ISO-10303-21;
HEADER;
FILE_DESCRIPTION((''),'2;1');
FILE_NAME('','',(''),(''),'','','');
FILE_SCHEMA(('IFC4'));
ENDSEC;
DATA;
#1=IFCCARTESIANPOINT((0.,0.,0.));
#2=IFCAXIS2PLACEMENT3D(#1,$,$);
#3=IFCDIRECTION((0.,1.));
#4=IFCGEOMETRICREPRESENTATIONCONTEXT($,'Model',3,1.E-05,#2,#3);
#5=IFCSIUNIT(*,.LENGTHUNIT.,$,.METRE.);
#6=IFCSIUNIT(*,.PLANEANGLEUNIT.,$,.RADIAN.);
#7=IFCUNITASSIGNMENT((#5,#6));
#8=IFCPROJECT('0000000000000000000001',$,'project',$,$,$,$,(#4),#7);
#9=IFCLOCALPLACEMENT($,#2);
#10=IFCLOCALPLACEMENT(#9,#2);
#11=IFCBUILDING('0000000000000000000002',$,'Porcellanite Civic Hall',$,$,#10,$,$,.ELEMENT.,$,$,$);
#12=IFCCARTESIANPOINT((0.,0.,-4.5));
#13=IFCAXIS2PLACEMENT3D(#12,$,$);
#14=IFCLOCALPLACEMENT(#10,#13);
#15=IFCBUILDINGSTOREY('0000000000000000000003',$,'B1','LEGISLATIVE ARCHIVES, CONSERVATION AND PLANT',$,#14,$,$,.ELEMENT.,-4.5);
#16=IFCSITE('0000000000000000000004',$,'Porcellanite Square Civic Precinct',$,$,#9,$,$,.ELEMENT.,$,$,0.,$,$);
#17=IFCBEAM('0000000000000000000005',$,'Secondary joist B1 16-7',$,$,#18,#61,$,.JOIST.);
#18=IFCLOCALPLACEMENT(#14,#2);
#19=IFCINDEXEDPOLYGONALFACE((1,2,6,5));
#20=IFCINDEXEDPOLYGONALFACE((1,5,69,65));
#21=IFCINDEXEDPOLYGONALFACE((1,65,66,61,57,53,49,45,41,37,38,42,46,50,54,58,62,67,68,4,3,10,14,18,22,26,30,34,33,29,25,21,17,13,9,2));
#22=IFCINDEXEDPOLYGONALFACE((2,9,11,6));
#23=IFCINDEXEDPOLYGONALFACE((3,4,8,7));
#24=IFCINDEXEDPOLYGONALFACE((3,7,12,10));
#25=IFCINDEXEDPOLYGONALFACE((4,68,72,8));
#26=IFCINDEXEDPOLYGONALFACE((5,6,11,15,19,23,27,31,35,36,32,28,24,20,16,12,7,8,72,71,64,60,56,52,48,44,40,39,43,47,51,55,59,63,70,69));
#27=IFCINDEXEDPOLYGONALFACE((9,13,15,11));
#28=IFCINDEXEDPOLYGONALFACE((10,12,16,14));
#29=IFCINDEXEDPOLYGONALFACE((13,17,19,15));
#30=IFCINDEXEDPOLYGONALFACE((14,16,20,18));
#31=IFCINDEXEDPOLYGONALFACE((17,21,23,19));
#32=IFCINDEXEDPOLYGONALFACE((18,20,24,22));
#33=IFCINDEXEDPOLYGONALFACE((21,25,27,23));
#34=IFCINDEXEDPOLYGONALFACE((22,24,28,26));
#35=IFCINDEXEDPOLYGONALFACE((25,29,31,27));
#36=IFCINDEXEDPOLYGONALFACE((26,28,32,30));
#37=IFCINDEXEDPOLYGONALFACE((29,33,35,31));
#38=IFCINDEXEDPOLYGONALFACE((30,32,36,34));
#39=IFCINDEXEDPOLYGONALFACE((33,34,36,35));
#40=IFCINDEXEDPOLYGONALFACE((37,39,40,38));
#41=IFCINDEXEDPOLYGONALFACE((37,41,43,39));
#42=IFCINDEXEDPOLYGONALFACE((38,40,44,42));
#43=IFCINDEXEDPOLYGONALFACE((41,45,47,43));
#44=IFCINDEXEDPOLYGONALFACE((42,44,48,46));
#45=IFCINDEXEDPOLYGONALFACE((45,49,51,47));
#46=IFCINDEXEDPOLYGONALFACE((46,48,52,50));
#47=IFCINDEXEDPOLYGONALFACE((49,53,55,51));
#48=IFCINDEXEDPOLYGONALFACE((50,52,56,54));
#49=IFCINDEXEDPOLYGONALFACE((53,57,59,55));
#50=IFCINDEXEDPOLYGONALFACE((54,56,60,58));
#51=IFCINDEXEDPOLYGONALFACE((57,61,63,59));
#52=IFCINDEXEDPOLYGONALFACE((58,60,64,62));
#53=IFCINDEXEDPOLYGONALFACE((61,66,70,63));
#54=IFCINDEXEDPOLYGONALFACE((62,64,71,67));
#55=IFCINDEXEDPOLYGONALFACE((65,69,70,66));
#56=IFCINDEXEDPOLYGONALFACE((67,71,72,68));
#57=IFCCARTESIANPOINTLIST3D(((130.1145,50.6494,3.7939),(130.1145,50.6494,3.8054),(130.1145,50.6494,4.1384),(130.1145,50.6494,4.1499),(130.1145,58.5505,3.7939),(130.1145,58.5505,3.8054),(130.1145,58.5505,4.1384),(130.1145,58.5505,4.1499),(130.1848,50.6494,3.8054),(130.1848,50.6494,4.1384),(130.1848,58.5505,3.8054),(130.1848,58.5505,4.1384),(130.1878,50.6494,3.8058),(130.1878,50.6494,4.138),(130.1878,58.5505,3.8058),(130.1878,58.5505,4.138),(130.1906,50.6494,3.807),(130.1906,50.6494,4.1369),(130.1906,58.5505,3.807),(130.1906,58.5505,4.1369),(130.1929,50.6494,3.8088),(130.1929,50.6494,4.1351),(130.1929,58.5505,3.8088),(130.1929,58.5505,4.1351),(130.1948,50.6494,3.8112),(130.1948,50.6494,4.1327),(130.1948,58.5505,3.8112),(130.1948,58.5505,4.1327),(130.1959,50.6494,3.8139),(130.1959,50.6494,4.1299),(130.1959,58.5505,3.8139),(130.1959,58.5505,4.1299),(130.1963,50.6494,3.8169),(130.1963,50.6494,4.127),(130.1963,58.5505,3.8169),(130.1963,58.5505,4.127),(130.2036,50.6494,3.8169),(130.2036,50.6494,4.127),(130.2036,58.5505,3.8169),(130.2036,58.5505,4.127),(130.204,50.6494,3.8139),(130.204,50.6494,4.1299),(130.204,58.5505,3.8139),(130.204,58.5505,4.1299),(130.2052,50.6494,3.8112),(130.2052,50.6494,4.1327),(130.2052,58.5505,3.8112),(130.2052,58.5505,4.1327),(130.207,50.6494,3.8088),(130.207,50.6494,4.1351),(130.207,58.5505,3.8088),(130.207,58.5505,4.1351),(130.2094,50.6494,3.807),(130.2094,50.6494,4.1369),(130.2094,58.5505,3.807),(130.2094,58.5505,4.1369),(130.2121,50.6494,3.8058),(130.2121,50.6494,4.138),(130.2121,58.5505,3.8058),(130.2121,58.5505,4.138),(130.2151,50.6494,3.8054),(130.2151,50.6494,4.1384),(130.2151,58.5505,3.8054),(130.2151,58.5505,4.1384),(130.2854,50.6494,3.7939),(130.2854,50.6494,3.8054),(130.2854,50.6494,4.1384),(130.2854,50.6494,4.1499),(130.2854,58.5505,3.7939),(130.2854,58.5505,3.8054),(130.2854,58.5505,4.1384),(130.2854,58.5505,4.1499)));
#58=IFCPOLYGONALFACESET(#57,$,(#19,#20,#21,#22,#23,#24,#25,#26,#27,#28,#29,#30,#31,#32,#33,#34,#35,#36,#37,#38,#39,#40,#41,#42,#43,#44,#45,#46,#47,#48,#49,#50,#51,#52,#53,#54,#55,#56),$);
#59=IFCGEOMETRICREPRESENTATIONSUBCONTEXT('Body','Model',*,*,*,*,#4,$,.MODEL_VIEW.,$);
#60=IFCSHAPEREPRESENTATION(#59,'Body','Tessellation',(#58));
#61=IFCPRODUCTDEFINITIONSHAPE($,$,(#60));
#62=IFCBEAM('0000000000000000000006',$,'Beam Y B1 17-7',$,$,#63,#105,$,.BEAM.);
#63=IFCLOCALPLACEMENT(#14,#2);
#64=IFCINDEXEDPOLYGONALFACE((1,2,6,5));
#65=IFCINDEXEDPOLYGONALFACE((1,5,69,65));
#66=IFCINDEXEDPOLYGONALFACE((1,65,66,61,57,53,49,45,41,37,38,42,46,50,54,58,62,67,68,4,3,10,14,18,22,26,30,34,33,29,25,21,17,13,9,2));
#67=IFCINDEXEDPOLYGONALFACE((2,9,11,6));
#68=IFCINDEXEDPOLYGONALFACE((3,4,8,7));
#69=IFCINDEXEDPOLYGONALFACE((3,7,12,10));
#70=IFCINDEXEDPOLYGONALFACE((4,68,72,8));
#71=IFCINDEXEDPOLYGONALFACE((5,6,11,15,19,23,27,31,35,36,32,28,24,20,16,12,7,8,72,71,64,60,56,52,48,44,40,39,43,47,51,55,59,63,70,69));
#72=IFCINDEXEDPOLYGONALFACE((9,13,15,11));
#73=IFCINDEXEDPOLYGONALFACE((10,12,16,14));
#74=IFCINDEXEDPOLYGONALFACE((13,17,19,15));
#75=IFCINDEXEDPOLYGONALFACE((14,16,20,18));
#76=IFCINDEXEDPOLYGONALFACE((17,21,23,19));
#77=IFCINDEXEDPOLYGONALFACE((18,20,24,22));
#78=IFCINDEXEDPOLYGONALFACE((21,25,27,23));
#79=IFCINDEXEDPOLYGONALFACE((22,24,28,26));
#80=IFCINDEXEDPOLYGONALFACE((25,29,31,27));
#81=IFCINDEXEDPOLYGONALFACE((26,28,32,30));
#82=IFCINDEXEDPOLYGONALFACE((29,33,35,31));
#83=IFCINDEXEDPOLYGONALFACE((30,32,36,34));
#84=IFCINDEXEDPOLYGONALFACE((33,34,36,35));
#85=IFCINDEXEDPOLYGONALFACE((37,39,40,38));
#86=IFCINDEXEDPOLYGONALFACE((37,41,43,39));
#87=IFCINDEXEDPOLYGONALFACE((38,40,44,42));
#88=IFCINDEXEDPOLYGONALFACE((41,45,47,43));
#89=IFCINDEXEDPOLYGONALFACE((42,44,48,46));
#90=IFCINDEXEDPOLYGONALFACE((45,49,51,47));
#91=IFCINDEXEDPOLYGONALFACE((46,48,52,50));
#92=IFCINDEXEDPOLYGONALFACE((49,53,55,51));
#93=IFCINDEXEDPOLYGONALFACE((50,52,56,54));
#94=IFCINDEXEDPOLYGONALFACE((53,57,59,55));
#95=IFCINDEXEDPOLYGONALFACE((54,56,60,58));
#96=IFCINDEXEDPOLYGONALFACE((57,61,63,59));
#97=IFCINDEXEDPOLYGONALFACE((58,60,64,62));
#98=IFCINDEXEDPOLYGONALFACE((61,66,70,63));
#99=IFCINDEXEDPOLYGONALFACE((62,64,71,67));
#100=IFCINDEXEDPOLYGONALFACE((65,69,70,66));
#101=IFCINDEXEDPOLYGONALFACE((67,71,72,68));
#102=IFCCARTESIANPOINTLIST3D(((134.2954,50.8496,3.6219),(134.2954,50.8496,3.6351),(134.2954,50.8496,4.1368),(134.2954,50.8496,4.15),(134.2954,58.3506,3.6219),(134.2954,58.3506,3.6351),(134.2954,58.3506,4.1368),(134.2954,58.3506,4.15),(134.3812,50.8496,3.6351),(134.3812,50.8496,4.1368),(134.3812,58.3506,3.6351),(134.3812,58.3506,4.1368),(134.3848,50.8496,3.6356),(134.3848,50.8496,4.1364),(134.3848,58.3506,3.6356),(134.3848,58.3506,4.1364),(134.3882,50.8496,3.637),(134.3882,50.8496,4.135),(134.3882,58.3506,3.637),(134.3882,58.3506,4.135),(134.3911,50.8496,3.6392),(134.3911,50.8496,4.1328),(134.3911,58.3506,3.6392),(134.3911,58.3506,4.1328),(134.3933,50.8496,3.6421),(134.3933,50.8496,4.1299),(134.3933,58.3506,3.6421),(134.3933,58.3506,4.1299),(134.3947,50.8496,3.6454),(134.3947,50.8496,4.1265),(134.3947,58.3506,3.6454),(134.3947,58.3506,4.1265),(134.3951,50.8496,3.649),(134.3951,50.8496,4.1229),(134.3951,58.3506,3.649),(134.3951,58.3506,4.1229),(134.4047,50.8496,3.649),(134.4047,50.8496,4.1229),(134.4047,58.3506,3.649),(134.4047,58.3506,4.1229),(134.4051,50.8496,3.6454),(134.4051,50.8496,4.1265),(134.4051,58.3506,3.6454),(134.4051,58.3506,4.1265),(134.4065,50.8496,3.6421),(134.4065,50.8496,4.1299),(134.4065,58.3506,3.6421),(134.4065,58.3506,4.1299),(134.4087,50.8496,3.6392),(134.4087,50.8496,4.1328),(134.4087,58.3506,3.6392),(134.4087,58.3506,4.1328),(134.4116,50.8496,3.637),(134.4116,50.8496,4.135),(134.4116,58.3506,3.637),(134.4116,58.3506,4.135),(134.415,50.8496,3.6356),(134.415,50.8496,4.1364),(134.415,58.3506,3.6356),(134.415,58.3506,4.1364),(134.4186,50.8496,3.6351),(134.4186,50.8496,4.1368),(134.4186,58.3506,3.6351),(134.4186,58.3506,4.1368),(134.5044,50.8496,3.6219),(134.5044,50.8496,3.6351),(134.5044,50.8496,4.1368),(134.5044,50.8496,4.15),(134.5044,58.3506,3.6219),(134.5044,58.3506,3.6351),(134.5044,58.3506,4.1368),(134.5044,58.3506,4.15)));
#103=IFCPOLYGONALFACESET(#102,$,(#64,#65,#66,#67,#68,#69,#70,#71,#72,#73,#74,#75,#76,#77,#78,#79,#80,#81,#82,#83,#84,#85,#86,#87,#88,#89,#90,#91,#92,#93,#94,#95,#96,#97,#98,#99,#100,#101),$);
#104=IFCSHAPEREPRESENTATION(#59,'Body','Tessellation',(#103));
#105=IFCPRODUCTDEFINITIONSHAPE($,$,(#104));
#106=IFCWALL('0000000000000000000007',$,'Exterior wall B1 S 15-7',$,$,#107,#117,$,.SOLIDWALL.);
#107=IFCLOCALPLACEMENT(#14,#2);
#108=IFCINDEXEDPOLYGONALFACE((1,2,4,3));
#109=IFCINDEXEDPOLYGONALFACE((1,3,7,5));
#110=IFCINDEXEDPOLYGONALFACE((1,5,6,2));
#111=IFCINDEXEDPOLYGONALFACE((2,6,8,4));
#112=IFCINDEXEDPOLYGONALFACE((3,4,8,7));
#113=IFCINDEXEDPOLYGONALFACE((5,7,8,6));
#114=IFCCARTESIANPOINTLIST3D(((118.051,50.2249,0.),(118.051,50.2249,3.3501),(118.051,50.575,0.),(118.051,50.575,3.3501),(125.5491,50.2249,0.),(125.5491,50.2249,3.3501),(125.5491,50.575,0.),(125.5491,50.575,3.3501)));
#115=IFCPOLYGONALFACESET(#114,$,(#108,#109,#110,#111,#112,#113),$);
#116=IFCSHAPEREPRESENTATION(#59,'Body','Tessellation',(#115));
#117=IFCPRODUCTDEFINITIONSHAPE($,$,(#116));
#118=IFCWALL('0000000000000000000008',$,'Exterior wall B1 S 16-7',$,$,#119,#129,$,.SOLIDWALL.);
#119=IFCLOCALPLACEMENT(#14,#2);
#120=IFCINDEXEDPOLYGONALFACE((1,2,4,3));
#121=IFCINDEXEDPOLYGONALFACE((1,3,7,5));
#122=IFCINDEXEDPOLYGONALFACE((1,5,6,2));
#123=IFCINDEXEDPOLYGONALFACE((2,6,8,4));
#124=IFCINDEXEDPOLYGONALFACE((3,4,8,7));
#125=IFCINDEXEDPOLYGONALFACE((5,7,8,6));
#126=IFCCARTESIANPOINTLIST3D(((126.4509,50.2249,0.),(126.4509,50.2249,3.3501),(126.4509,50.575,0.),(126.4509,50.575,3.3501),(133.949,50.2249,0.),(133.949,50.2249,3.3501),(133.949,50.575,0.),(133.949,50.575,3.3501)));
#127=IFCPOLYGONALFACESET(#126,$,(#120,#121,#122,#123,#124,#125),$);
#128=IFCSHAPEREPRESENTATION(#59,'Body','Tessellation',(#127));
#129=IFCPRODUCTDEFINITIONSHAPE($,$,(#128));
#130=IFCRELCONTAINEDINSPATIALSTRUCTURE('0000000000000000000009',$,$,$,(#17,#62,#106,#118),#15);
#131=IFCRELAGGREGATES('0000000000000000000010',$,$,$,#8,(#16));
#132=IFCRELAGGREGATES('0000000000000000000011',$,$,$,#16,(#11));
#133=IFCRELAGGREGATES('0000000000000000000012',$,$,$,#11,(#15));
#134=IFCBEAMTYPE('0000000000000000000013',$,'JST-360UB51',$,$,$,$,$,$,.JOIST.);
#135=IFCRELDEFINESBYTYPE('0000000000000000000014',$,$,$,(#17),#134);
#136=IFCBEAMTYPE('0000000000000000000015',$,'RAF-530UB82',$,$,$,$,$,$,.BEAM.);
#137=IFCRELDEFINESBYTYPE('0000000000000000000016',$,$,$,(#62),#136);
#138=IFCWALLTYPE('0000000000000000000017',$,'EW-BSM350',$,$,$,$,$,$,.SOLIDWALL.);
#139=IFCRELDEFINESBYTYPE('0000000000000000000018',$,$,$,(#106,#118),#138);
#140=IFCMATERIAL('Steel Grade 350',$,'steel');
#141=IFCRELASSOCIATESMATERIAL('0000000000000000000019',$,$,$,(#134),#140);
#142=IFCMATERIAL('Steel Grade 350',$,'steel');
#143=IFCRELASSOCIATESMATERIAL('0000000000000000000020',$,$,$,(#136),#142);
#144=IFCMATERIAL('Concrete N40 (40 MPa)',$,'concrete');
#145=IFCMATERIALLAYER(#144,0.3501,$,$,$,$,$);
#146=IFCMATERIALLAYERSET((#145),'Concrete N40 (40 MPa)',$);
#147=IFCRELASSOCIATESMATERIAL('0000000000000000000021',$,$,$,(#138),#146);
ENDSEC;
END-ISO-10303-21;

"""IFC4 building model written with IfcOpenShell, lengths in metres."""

from ifc_helpers import new_model, si_unit, direction, frame, frame_2d, origin, origin_2d, place, context, subcontext, project, spatial, rectangle, i_section, extrude, material, layer, layer_set, material_profile, profile_set, type_object, element, save


model = new_model("IFC4")

# Units and contexts
model_context = context("Model", 3, precision=1e-05, world=origin(), true_north=direction((0.0, 1.0)))
body_context = subcontext(model_context, "Body", "Model", "MODEL_VIEW")
ifc_project = project(units=[si_unit("LENGTHUNIT", "METRE"), si_unit("PLANEANGLEUNIT", "RADIAN")], contexts=[model_context])

# Site, building, storey
site_placement = place(None, origin())
site = spatial("IfcSite", under=ifc_project, at=site_placement, Name="Porcellanite Square Civic Precinct", CompositionType="ELEMENT", RefElevation=0.0)
building_placement = place(site_placement, origin())
building = spatial("IfcBuilding", under=site, at=building_placement, Name="Porcellanite Civic Hall", CompositionType="ELEMENT")
storey_placement = place(building_placement, frame((0.0, 0.0, -4.5)))
storey = spatial("IfcBuildingStorey", under=building, at=storey_placement, Name="B1", Description="LEGISLATIVE ARCHIVES, CONSERVATION AND PLANT", CompositionType="ELEMENT", Elevation=-4.5)

# Beams
ifc_material_1 = material(Name="Steel Grade 350", Category="steel")
ifc_material_profile_1 = material_profile(ifc_material_1, i_section(OverallWidth=0.1709, OverallDepth=0.356, WebThickness=0.0073, FlangeThickness=0.0115, FilletRadius=0.0115, at=origin_2d()), Name="360UB50.7")
ifc_profile_set_1 = profile_set([ifc_material_profile_1], Name="Steel Grade 350")
beam_type_1 = type_object("IfcBeamType", Name="JST-360UB51", PredefinedType="JOIST", material=ifc_profile_set_1)
beam_1_placement = place(storey_placement, frame((130.2, 50.6494, 3.9719), z_axis=(0.0, 1.0, 0.0), x_axis=(-1.0, 0.0, 0.0)))
element("IfcBeam", 1, at=beam_1_placement, inside=storey, type_object=beam_type_1, Name="Secondary joist B1 16-7", PredefinedType="JOIST", context=body_context, shape_type="SweptSolid", body=[
    extrude(i_section(OverallWidth=0.1709, OverallDepth=0.356, WebThickness=0.0073, FlangeThickness=0.0115, FilletRadius=0.0115, at=origin_2d()), origin(), (0.0, 0.0, 1.0), 7.9011),
])
ifc_material_2 = material(Name="Steel Grade 350", Category="steel")
ifc_material_profile_2 = material_profile(ifc_material_2, i_section(OverallWidth=0.209, OverallDepth=0.5281, WebThickness=0.0095, FlangeThickness=0.0132, FilletRadius=0.0139, at=origin_2d()), Name="530UB82.0")
ifc_profile_set_2 = profile_set([ifc_material_profile_2], Name="Steel Grade 350")
beam_type_2 = type_object("IfcBeamType", Name="RAF-530UB82", PredefinedType="BEAM", material=ifc_profile_set_2)
beam_2_placement = place(storey_placement, frame((134.3999, 50.8496, 3.886), z_axis=(0.0, 1.0, 0.0), x_axis=(-1.0, 0.0, 0.0)))
element("IfcBeam", 2, at=beam_2_placement, inside=storey, type_object=beam_type_2, Name="Beam Y B1 17-7", PredefinedType="BEAM", context=body_context, shape_type="SweptSolid", body=[
    extrude(i_section(OverallWidth=0.209, OverallDepth=0.5281, WebThickness=0.0095, FlangeThickness=0.0132, FilletRadius=0.0139, at=origin_2d()), origin(), (0.0, 0.0, 1.0), 7.501),
])

# Walls
ifc_material_3 = material(Name="Concrete N40 (40 MPa)", Category="concrete")
ifc_layer = layer(ifc_material_3, 0.3501)
ifc_layer_set = layer_set([ifc_layer], Name="Concrete N40 (40 MPa)")
wall_type = type_object("IfcWallType", Name="EW-BSM350", PredefinedType="SOLIDWALL", material=ifc_layer_set)
for number, where, z_axis, x_axis, name in (
    (3, (125.5491, 50.3999, 0.0), (0.0, 0.0, 1.0), (-1.0, 0.0, 0.0), "Exterior wall B1 S 15-7"),
    (4, (133.949, 50.3999, 0.0), (0.0, 0.0, 1.0), (-1.0, 0.0, 0.0), "Exterior wall B1 S 16-7"),
):
    element("IfcWall", number, at=place(storey_placement, frame(where, z_axis=z_axis, x_axis=x_axis)), inside=storey, type_object=wall_type, Name=name, PredefinedType="SOLIDWALL", context=body_context, shape_type="SweptSolid", body=[
        extrude(rectangle(XDim=7.498, YDim=0.3501, at=frame_2d((3.749, 0.0))), origin(), (0.0, 0.0, 1.0), 3.3501),
    ])

save(model, "model.ifc")
